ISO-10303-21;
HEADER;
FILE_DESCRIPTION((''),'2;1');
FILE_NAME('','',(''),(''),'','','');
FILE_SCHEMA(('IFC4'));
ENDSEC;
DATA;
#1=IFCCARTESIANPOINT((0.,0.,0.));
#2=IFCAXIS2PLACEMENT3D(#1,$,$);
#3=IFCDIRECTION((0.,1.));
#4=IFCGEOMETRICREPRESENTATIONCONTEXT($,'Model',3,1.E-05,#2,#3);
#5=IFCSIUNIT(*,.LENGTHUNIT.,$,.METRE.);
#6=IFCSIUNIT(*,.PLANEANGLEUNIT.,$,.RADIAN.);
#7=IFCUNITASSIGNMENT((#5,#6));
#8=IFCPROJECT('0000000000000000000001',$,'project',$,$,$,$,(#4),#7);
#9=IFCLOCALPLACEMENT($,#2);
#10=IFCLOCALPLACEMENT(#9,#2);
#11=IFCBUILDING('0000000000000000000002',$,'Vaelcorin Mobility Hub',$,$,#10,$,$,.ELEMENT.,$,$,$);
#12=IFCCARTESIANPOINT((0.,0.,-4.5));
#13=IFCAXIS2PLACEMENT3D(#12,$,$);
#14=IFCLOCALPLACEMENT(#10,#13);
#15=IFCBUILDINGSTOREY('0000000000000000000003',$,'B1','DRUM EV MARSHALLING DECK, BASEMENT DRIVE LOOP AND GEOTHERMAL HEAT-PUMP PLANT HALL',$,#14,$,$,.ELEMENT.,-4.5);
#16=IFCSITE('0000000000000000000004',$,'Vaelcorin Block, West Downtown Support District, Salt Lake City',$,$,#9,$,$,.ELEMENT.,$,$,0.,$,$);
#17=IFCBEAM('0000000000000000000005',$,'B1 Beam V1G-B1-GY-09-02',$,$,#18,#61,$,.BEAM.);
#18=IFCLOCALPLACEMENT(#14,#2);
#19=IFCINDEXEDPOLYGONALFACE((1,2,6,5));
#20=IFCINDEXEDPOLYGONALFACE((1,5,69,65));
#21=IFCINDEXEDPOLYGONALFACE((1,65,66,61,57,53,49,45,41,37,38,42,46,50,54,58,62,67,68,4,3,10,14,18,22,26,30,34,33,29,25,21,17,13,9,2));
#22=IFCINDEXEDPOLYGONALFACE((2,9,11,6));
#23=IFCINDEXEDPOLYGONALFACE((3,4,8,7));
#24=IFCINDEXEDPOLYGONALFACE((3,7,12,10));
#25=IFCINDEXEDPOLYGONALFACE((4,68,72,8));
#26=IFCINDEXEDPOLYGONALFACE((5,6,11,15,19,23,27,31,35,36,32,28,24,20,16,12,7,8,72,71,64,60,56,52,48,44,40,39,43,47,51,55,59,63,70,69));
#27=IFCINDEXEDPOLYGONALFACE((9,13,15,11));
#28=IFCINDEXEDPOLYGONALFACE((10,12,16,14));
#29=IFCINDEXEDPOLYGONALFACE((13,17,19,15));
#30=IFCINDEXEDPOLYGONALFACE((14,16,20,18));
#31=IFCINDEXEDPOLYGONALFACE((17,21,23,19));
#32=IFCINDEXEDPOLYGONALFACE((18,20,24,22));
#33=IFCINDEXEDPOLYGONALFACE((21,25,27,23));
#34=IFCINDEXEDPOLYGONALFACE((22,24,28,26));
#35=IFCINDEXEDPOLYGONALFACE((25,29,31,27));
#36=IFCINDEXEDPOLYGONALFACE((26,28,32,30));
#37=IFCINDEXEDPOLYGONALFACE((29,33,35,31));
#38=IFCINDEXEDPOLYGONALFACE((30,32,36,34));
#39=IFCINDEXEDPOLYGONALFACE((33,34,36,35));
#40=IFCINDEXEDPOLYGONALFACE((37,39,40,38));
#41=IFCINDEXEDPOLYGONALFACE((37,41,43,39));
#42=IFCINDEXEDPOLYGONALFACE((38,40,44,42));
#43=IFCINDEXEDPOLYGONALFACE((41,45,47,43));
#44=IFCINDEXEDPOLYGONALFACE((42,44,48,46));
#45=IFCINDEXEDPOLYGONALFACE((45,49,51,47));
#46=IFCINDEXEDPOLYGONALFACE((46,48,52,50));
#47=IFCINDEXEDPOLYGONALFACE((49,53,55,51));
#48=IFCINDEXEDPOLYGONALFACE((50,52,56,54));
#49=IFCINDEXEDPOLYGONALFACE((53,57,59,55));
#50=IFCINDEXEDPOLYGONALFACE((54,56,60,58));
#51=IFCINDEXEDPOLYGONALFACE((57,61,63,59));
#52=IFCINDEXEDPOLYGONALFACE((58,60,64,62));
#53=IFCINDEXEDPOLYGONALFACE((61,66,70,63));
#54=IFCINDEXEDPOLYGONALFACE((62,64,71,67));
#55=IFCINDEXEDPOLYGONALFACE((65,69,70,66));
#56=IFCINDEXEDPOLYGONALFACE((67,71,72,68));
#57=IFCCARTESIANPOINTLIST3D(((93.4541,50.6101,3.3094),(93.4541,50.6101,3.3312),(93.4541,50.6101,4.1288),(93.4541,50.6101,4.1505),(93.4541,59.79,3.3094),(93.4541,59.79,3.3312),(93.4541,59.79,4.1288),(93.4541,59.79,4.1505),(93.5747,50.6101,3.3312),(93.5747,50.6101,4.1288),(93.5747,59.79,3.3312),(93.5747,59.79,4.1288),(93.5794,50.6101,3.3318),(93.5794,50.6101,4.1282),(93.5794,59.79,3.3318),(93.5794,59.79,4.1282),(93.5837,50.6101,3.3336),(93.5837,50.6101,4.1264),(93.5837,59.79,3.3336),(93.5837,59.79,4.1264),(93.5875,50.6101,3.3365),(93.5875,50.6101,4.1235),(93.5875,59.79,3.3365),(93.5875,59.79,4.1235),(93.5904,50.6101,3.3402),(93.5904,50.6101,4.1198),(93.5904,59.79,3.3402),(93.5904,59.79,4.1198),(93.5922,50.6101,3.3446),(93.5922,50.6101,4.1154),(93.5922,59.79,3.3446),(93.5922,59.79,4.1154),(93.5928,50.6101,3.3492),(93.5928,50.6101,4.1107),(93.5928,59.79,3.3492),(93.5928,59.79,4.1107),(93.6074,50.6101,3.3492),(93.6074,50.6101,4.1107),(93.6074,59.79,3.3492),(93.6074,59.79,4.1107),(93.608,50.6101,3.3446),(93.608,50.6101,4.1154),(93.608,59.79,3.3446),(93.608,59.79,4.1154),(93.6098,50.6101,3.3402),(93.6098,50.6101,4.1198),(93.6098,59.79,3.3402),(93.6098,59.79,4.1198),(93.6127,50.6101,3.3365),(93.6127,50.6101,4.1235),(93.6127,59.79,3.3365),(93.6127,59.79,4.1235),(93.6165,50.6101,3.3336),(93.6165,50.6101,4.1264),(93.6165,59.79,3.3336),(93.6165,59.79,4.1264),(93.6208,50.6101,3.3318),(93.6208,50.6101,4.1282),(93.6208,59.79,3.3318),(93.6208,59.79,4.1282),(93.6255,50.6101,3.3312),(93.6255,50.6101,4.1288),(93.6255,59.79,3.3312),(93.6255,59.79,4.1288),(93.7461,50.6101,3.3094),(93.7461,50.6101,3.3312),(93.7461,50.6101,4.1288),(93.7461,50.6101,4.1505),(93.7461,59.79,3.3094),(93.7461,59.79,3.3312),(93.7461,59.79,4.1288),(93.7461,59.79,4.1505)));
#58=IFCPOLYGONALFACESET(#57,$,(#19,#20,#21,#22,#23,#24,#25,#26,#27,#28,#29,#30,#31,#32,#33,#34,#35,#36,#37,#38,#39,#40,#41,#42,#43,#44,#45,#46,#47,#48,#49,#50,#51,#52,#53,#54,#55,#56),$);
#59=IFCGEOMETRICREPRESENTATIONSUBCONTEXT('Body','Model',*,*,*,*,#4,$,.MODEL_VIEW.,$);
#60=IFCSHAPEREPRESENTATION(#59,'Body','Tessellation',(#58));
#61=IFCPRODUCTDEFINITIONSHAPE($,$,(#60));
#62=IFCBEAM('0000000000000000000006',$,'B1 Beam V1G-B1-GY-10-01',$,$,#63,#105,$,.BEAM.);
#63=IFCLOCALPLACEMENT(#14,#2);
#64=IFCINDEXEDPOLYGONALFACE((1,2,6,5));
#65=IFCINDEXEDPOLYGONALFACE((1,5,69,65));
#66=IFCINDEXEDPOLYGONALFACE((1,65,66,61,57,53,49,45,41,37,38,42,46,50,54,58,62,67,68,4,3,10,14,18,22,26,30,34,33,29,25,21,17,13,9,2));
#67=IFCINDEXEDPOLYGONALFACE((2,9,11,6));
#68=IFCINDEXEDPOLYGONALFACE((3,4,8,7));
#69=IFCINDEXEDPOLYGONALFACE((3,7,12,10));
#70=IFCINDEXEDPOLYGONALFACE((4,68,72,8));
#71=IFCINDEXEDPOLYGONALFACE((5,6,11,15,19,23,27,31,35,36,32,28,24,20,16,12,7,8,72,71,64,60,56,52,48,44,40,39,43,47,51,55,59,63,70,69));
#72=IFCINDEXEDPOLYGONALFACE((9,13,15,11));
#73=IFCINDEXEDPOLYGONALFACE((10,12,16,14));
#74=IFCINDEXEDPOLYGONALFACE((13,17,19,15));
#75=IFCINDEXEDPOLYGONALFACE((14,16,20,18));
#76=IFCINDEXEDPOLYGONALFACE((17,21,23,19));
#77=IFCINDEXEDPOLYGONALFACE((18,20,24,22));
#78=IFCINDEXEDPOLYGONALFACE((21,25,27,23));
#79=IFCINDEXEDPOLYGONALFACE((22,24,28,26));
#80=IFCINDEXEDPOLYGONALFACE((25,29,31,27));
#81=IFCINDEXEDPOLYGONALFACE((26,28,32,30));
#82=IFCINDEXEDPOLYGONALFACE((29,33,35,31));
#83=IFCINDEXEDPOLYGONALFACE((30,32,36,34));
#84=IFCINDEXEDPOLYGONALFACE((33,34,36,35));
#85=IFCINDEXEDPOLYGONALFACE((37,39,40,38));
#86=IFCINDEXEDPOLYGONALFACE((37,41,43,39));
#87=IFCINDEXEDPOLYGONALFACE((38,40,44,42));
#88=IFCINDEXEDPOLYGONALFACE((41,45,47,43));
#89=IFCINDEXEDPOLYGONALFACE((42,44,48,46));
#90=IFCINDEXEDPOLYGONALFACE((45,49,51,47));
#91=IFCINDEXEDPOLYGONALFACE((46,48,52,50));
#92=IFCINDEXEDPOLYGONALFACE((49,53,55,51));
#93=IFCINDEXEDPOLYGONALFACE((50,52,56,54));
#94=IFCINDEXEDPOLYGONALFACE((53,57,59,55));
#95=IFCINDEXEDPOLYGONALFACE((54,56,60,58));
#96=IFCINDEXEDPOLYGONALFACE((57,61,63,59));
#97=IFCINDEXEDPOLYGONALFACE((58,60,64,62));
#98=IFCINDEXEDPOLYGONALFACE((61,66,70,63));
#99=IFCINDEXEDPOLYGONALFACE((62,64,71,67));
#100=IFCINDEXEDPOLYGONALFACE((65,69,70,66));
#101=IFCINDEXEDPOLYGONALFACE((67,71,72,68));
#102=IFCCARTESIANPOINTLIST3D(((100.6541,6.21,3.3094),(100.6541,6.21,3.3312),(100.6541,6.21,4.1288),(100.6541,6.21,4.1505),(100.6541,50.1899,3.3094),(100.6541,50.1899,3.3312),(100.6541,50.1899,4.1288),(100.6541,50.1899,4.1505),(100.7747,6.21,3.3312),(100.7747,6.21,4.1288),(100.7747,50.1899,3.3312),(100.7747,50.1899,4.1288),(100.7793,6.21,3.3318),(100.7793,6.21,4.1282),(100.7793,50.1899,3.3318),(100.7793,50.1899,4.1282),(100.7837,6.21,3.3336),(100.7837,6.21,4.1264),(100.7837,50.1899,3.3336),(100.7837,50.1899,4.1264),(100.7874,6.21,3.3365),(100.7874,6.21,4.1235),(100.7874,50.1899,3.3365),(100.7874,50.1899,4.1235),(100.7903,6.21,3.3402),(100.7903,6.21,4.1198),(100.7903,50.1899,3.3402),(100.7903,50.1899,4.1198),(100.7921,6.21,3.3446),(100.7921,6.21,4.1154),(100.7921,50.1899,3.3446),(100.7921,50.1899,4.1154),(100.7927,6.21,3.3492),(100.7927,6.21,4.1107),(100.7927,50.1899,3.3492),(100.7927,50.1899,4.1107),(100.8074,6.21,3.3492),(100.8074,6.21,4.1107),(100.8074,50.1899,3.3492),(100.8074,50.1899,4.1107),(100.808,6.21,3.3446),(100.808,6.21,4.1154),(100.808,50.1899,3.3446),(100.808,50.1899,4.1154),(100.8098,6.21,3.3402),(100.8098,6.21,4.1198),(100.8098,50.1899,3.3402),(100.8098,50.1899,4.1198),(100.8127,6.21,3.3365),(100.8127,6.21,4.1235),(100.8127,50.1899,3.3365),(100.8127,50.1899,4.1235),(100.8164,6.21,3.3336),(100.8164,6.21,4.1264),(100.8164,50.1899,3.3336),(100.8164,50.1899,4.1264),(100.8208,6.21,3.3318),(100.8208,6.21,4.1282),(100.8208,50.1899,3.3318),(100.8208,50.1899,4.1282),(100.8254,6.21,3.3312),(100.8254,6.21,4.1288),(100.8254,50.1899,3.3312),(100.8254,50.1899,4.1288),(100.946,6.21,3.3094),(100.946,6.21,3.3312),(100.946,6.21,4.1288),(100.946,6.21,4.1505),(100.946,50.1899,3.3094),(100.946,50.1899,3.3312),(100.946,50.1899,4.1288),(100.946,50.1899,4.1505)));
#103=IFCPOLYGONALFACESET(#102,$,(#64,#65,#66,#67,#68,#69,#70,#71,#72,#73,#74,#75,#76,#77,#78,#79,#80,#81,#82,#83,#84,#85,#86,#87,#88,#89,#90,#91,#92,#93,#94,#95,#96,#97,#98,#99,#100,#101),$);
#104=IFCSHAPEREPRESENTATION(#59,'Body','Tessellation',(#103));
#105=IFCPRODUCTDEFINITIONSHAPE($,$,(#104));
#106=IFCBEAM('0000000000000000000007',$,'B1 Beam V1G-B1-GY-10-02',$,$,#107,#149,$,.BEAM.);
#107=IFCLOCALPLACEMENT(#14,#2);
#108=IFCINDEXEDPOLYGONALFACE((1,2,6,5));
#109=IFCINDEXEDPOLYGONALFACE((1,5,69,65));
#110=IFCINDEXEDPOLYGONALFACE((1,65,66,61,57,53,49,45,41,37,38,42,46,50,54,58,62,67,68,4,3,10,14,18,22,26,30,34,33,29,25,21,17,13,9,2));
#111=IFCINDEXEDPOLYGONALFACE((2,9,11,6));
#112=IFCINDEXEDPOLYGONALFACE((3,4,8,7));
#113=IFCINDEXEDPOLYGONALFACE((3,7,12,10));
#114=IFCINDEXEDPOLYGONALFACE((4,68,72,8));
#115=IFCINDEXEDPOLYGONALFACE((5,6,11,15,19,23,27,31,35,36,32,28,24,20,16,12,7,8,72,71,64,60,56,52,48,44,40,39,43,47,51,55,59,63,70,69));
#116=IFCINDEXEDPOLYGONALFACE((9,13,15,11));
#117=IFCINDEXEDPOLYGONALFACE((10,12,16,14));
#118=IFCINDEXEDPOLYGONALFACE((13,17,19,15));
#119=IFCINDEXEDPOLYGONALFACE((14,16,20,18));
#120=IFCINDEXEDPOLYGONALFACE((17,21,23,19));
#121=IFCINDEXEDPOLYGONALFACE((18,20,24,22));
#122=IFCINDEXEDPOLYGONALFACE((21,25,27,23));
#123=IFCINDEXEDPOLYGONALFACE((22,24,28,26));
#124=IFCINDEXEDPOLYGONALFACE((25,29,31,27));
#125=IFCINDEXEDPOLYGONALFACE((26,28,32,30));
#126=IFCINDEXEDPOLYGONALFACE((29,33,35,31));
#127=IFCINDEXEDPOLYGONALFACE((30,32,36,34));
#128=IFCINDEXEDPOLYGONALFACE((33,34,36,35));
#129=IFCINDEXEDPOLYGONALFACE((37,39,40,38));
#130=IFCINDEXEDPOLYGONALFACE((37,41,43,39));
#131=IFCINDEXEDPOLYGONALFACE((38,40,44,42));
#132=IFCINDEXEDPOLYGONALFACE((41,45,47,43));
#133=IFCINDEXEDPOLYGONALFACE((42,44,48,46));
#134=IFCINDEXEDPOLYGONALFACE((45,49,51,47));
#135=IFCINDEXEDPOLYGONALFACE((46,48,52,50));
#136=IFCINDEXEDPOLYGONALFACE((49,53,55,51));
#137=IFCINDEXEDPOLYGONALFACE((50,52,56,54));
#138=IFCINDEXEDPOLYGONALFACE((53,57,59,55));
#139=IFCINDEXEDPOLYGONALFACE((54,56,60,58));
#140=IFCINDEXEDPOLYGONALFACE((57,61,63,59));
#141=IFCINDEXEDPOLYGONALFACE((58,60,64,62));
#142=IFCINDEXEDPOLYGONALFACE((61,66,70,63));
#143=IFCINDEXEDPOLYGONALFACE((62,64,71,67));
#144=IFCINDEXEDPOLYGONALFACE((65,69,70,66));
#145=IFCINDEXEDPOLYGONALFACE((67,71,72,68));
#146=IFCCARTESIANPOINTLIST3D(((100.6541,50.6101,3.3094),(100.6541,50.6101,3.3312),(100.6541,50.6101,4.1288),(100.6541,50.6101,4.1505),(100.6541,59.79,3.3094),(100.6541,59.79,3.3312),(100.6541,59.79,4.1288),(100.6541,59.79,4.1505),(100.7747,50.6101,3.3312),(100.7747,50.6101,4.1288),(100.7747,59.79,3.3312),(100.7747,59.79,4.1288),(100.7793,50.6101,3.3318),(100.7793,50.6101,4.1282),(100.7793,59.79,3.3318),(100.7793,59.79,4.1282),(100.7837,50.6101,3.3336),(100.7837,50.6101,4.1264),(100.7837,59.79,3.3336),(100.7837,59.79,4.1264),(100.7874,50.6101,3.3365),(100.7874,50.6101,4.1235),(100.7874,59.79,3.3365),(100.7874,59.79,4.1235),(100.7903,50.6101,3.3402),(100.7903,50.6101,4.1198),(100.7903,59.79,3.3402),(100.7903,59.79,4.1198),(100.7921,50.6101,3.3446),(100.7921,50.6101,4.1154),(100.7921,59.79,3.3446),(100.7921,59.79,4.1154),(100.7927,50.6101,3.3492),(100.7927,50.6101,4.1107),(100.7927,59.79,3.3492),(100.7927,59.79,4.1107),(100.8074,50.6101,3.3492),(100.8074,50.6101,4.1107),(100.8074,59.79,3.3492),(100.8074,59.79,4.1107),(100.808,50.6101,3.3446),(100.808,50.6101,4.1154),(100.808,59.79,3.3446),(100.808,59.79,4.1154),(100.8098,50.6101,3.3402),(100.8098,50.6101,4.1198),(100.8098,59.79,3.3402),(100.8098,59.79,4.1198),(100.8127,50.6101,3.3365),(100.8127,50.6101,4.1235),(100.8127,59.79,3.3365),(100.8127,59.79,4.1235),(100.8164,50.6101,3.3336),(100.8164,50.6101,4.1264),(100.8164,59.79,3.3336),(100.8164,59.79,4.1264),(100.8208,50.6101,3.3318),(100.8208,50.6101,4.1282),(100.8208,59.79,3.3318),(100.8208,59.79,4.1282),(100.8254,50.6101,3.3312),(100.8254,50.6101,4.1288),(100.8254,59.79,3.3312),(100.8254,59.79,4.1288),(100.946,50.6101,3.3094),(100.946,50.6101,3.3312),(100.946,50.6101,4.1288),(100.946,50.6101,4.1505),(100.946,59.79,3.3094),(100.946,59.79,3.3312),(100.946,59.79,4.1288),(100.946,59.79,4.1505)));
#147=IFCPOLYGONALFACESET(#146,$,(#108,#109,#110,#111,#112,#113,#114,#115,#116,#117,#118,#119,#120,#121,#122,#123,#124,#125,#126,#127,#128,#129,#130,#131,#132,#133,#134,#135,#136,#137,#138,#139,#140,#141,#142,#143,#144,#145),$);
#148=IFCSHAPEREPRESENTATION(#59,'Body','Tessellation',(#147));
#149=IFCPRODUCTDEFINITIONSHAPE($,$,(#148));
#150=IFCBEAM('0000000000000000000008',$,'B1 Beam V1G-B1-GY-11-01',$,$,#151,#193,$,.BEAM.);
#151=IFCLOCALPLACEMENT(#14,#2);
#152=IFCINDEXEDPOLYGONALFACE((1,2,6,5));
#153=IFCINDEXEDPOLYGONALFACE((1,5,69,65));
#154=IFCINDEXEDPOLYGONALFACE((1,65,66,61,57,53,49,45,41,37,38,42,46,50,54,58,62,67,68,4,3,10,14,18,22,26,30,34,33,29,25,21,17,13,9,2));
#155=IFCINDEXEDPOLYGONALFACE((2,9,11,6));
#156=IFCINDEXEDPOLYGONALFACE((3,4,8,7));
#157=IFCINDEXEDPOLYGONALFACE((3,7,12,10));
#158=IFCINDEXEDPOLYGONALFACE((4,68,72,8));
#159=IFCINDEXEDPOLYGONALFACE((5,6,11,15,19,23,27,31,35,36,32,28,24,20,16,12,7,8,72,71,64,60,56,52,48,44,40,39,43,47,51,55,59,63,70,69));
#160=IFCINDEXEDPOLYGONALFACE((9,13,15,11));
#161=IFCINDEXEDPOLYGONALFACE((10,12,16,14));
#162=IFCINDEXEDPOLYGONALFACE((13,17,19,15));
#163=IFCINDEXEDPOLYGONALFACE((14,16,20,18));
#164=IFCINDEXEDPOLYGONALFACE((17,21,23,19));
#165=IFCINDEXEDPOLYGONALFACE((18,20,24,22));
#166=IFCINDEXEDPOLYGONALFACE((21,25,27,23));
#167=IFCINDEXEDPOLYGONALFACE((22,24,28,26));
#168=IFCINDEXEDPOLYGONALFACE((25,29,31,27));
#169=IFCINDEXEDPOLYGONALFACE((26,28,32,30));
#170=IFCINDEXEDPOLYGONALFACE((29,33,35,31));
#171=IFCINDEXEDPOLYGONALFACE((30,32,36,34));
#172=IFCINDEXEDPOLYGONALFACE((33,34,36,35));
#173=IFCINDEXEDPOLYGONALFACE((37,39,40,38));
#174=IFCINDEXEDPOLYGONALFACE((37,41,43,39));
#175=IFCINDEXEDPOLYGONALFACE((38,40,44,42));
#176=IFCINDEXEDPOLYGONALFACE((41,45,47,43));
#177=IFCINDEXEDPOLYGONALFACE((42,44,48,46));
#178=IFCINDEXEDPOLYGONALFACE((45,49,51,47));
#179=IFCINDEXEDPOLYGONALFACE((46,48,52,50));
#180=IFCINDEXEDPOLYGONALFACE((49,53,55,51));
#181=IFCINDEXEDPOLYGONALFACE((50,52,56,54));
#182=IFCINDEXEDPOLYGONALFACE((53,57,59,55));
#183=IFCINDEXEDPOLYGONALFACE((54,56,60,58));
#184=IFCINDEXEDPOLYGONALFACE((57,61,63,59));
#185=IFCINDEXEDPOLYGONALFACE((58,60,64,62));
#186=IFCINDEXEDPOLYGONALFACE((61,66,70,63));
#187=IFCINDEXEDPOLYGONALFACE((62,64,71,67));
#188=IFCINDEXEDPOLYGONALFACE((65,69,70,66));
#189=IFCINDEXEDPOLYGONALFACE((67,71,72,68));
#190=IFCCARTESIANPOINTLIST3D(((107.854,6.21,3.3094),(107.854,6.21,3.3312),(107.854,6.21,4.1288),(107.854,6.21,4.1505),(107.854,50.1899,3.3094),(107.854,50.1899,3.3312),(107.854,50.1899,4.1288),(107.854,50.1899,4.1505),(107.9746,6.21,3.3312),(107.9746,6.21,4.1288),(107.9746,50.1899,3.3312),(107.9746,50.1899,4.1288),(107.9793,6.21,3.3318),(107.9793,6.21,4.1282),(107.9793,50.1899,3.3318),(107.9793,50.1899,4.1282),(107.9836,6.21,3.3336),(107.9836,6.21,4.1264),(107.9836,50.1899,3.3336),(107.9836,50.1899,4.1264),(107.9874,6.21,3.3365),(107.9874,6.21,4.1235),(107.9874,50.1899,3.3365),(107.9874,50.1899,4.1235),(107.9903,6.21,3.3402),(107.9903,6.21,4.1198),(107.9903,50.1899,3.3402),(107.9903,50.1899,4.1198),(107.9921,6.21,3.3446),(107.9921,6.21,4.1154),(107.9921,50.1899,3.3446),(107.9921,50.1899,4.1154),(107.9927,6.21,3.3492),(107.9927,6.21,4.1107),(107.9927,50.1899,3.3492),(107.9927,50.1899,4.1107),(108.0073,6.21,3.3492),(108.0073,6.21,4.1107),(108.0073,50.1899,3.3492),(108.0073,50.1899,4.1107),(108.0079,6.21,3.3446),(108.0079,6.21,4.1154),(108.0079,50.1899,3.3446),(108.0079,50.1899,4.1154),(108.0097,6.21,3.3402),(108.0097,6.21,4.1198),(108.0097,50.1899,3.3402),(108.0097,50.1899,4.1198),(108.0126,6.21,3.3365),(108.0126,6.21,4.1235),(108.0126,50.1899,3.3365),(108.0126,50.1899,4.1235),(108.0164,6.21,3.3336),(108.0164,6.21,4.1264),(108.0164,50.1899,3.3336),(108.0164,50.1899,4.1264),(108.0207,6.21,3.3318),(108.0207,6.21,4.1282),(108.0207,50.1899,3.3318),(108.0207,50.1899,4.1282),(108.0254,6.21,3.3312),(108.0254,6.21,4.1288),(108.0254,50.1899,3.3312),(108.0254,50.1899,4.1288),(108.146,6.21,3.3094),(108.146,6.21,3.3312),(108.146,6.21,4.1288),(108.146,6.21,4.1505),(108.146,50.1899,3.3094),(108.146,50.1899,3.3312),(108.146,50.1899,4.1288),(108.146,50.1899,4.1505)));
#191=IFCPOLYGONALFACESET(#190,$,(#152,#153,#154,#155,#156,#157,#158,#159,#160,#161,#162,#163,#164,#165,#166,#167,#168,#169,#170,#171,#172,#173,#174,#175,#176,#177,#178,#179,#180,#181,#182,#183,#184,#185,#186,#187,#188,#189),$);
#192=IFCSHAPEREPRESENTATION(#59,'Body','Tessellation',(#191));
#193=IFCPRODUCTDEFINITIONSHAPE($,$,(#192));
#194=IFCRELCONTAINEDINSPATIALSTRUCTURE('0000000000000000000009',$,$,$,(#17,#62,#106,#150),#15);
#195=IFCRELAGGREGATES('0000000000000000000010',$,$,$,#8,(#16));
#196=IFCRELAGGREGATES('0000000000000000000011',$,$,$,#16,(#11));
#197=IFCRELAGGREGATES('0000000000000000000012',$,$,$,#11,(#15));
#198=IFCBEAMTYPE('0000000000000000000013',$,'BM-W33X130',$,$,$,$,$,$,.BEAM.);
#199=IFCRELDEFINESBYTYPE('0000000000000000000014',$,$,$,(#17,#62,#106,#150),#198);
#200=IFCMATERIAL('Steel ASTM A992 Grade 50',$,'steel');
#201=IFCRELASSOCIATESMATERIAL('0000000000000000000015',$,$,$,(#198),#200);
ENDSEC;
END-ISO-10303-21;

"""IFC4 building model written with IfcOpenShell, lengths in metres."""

from ifc_helpers import new_model, si_unit, direction, frame, origin, origin_2d, place, context, subcontext, project, spatial, i_section, extrude, material, material_profile, profile_set, type_object, element, save


model = new_model("IFC4")

# Units and contexts
model_context = context("Model", 3, precision=1e-05, world=origin(), true_north=direction((0.0, 1.0)))
body_context = subcontext(model_context, "Body", "Model", "MODEL_VIEW")
ifc_project = project(units=[si_unit("LENGTHUNIT", "METRE"), si_unit("PLANEANGLEUNIT", "RADIAN")], contexts=[model_context])

# Site, building, storey
site_placement = place(None, origin())
site = spatial("IfcSite", under=ifc_project, at=site_placement, Name="Vaelcorin Block, West Downtown Support District, Salt Lake City", CompositionType="ELEMENT", RefElevation=0.0)
building_placement = place(site_placement, origin())
building = spatial("IfcBuilding", under=site, at=building_placement, Name="Vaelcorin Mobility Hub", CompositionType="ELEMENT")
storey_placement = place(building_placement, frame((0.0, 0.0, -4.5)))
storey = spatial("IfcBuildingStorey", under=building, at=storey_placement, Name="B1", Description="DRUM EV MARSHALLING DECK, BASEMENT DRIVE LOOP AND GEOTHERMAL HEAT-PUMP PLANT HALL", CompositionType="ELEMENT", Elevation=-4.5)

# Shared definitions
ifc_material_1 = material(Name="Steel ASTM A992 Grade 50", Category="steel")

# Beams
ifc_material_profile_1 = material_profile(ifc_material_1, i_section(OverallWidth=0.292, OverallDepth=0.8411, WebThickness=0.0146, FlangeThickness=0.0217, FilletRadius=0.0181, at=origin_2d()), Name="W33X130")
ifc_profile_set_1 = profile_set([ifc_material_profile_1], Name="Steel ASTM A992 Grade 50")
beam_type_1 = type_object("IfcBeamType", Name="BM-W33X130", PredefinedType="BEAM", material=ifc_profile_set_1)
beam_1_placement = place(storey_placement, frame((93.6001, 50.6101, 3.73), z_axis=(0.0, 1.0, 0.0), x_axis=(-1.0, 0.0, 0.0)))
element("IfcBeam", 1, at=beam_1_placement, inside=storey, type_object=beam_type_1, Name="B1 Beam V1G-B1-GY-09-02", PredefinedType="BEAM", context=body_context, shape_type="SweptSolid", body=[
    extrude(i_section(OverallWidth=0.292, OverallDepth=0.8411, WebThickness=0.0146, FlangeThickness=0.0217, FilletRadius=0.0181, at=origin_2d()), origin(), (0.0, 0.0, 1.0), 9.1799),
])
beam_2_placement = place(storey_placement, frame((100.8, 6.21, 3.73), z_axis=(0.0, 1.0, 0.0), x_axis=(-1.0, 0.0, 0.0)))
element("IfcBeam", 2, at=beam_2_placement, inside=storey, type_object=beam_type_1, Name="B1 Beam V1G-B1-GY-10-01", PredefinedType="BEAM", context=body_context, shape_type="SweptSolid", body=[
    extrude(i_section(OverallWidth=0.292, OverallDepth=0.8411, WebThickness=0.0146, FlangeThickness=0.0217, FilletRadius=0.0181, at=origin_2d()), origin(), (0.0, 0.0, 1.0), 43.98),
])
beam_3_placement = place(storey_placement, frame((100.8, 50.6101, 3.73), z_axis=(0.0, 1.0, 0.0), x_axis=(-1.0, 0.0, 0.0)))
element("IfcBeam", 3, at=beam_3_placement, inside=storey, type_object=beam_type_1, Name="B1 Beam V1G-B1-GY-10-02", PredefinedType="BEAM", context=body_context, shape_type="SweptSolid", body=[
    extrude(i_section(OverallWidth=0.292, OverallDepth=0.8411, WebThickness=0.0146, FlangeThickness=0.0217, FilletRadius=0.0181, at=origin_2d()), origin(), (0.0, 0.0, 1.0), 9.1799),
])
beam_4_placement = place(storey_placement, frame((108.0, 6.21, 3.73), z_axis=(0.0, 1.0, 0.0), x_axis=(-1.0, 0.0, 0.0)))
element("IfcBeam", 4, at=beam_4_placement, inside=storey, type_object=beam_type_1, Name="B1 Beam V1G-B1-GY-11-01", PredefinedType="BEAM", context=body_context, shape_type="SweptSolid", body=[
    extrude(i_section(OverallWidth=0.292, OverallDepth=0.8411, WebThickness=0.0146, FlangeThickness=0.0217, FilletRadius=0.0181, at=origin_2d()), origin(), (0.0, 0.0, 1.0), 43.98),
])

save(model, "model.ifc")
